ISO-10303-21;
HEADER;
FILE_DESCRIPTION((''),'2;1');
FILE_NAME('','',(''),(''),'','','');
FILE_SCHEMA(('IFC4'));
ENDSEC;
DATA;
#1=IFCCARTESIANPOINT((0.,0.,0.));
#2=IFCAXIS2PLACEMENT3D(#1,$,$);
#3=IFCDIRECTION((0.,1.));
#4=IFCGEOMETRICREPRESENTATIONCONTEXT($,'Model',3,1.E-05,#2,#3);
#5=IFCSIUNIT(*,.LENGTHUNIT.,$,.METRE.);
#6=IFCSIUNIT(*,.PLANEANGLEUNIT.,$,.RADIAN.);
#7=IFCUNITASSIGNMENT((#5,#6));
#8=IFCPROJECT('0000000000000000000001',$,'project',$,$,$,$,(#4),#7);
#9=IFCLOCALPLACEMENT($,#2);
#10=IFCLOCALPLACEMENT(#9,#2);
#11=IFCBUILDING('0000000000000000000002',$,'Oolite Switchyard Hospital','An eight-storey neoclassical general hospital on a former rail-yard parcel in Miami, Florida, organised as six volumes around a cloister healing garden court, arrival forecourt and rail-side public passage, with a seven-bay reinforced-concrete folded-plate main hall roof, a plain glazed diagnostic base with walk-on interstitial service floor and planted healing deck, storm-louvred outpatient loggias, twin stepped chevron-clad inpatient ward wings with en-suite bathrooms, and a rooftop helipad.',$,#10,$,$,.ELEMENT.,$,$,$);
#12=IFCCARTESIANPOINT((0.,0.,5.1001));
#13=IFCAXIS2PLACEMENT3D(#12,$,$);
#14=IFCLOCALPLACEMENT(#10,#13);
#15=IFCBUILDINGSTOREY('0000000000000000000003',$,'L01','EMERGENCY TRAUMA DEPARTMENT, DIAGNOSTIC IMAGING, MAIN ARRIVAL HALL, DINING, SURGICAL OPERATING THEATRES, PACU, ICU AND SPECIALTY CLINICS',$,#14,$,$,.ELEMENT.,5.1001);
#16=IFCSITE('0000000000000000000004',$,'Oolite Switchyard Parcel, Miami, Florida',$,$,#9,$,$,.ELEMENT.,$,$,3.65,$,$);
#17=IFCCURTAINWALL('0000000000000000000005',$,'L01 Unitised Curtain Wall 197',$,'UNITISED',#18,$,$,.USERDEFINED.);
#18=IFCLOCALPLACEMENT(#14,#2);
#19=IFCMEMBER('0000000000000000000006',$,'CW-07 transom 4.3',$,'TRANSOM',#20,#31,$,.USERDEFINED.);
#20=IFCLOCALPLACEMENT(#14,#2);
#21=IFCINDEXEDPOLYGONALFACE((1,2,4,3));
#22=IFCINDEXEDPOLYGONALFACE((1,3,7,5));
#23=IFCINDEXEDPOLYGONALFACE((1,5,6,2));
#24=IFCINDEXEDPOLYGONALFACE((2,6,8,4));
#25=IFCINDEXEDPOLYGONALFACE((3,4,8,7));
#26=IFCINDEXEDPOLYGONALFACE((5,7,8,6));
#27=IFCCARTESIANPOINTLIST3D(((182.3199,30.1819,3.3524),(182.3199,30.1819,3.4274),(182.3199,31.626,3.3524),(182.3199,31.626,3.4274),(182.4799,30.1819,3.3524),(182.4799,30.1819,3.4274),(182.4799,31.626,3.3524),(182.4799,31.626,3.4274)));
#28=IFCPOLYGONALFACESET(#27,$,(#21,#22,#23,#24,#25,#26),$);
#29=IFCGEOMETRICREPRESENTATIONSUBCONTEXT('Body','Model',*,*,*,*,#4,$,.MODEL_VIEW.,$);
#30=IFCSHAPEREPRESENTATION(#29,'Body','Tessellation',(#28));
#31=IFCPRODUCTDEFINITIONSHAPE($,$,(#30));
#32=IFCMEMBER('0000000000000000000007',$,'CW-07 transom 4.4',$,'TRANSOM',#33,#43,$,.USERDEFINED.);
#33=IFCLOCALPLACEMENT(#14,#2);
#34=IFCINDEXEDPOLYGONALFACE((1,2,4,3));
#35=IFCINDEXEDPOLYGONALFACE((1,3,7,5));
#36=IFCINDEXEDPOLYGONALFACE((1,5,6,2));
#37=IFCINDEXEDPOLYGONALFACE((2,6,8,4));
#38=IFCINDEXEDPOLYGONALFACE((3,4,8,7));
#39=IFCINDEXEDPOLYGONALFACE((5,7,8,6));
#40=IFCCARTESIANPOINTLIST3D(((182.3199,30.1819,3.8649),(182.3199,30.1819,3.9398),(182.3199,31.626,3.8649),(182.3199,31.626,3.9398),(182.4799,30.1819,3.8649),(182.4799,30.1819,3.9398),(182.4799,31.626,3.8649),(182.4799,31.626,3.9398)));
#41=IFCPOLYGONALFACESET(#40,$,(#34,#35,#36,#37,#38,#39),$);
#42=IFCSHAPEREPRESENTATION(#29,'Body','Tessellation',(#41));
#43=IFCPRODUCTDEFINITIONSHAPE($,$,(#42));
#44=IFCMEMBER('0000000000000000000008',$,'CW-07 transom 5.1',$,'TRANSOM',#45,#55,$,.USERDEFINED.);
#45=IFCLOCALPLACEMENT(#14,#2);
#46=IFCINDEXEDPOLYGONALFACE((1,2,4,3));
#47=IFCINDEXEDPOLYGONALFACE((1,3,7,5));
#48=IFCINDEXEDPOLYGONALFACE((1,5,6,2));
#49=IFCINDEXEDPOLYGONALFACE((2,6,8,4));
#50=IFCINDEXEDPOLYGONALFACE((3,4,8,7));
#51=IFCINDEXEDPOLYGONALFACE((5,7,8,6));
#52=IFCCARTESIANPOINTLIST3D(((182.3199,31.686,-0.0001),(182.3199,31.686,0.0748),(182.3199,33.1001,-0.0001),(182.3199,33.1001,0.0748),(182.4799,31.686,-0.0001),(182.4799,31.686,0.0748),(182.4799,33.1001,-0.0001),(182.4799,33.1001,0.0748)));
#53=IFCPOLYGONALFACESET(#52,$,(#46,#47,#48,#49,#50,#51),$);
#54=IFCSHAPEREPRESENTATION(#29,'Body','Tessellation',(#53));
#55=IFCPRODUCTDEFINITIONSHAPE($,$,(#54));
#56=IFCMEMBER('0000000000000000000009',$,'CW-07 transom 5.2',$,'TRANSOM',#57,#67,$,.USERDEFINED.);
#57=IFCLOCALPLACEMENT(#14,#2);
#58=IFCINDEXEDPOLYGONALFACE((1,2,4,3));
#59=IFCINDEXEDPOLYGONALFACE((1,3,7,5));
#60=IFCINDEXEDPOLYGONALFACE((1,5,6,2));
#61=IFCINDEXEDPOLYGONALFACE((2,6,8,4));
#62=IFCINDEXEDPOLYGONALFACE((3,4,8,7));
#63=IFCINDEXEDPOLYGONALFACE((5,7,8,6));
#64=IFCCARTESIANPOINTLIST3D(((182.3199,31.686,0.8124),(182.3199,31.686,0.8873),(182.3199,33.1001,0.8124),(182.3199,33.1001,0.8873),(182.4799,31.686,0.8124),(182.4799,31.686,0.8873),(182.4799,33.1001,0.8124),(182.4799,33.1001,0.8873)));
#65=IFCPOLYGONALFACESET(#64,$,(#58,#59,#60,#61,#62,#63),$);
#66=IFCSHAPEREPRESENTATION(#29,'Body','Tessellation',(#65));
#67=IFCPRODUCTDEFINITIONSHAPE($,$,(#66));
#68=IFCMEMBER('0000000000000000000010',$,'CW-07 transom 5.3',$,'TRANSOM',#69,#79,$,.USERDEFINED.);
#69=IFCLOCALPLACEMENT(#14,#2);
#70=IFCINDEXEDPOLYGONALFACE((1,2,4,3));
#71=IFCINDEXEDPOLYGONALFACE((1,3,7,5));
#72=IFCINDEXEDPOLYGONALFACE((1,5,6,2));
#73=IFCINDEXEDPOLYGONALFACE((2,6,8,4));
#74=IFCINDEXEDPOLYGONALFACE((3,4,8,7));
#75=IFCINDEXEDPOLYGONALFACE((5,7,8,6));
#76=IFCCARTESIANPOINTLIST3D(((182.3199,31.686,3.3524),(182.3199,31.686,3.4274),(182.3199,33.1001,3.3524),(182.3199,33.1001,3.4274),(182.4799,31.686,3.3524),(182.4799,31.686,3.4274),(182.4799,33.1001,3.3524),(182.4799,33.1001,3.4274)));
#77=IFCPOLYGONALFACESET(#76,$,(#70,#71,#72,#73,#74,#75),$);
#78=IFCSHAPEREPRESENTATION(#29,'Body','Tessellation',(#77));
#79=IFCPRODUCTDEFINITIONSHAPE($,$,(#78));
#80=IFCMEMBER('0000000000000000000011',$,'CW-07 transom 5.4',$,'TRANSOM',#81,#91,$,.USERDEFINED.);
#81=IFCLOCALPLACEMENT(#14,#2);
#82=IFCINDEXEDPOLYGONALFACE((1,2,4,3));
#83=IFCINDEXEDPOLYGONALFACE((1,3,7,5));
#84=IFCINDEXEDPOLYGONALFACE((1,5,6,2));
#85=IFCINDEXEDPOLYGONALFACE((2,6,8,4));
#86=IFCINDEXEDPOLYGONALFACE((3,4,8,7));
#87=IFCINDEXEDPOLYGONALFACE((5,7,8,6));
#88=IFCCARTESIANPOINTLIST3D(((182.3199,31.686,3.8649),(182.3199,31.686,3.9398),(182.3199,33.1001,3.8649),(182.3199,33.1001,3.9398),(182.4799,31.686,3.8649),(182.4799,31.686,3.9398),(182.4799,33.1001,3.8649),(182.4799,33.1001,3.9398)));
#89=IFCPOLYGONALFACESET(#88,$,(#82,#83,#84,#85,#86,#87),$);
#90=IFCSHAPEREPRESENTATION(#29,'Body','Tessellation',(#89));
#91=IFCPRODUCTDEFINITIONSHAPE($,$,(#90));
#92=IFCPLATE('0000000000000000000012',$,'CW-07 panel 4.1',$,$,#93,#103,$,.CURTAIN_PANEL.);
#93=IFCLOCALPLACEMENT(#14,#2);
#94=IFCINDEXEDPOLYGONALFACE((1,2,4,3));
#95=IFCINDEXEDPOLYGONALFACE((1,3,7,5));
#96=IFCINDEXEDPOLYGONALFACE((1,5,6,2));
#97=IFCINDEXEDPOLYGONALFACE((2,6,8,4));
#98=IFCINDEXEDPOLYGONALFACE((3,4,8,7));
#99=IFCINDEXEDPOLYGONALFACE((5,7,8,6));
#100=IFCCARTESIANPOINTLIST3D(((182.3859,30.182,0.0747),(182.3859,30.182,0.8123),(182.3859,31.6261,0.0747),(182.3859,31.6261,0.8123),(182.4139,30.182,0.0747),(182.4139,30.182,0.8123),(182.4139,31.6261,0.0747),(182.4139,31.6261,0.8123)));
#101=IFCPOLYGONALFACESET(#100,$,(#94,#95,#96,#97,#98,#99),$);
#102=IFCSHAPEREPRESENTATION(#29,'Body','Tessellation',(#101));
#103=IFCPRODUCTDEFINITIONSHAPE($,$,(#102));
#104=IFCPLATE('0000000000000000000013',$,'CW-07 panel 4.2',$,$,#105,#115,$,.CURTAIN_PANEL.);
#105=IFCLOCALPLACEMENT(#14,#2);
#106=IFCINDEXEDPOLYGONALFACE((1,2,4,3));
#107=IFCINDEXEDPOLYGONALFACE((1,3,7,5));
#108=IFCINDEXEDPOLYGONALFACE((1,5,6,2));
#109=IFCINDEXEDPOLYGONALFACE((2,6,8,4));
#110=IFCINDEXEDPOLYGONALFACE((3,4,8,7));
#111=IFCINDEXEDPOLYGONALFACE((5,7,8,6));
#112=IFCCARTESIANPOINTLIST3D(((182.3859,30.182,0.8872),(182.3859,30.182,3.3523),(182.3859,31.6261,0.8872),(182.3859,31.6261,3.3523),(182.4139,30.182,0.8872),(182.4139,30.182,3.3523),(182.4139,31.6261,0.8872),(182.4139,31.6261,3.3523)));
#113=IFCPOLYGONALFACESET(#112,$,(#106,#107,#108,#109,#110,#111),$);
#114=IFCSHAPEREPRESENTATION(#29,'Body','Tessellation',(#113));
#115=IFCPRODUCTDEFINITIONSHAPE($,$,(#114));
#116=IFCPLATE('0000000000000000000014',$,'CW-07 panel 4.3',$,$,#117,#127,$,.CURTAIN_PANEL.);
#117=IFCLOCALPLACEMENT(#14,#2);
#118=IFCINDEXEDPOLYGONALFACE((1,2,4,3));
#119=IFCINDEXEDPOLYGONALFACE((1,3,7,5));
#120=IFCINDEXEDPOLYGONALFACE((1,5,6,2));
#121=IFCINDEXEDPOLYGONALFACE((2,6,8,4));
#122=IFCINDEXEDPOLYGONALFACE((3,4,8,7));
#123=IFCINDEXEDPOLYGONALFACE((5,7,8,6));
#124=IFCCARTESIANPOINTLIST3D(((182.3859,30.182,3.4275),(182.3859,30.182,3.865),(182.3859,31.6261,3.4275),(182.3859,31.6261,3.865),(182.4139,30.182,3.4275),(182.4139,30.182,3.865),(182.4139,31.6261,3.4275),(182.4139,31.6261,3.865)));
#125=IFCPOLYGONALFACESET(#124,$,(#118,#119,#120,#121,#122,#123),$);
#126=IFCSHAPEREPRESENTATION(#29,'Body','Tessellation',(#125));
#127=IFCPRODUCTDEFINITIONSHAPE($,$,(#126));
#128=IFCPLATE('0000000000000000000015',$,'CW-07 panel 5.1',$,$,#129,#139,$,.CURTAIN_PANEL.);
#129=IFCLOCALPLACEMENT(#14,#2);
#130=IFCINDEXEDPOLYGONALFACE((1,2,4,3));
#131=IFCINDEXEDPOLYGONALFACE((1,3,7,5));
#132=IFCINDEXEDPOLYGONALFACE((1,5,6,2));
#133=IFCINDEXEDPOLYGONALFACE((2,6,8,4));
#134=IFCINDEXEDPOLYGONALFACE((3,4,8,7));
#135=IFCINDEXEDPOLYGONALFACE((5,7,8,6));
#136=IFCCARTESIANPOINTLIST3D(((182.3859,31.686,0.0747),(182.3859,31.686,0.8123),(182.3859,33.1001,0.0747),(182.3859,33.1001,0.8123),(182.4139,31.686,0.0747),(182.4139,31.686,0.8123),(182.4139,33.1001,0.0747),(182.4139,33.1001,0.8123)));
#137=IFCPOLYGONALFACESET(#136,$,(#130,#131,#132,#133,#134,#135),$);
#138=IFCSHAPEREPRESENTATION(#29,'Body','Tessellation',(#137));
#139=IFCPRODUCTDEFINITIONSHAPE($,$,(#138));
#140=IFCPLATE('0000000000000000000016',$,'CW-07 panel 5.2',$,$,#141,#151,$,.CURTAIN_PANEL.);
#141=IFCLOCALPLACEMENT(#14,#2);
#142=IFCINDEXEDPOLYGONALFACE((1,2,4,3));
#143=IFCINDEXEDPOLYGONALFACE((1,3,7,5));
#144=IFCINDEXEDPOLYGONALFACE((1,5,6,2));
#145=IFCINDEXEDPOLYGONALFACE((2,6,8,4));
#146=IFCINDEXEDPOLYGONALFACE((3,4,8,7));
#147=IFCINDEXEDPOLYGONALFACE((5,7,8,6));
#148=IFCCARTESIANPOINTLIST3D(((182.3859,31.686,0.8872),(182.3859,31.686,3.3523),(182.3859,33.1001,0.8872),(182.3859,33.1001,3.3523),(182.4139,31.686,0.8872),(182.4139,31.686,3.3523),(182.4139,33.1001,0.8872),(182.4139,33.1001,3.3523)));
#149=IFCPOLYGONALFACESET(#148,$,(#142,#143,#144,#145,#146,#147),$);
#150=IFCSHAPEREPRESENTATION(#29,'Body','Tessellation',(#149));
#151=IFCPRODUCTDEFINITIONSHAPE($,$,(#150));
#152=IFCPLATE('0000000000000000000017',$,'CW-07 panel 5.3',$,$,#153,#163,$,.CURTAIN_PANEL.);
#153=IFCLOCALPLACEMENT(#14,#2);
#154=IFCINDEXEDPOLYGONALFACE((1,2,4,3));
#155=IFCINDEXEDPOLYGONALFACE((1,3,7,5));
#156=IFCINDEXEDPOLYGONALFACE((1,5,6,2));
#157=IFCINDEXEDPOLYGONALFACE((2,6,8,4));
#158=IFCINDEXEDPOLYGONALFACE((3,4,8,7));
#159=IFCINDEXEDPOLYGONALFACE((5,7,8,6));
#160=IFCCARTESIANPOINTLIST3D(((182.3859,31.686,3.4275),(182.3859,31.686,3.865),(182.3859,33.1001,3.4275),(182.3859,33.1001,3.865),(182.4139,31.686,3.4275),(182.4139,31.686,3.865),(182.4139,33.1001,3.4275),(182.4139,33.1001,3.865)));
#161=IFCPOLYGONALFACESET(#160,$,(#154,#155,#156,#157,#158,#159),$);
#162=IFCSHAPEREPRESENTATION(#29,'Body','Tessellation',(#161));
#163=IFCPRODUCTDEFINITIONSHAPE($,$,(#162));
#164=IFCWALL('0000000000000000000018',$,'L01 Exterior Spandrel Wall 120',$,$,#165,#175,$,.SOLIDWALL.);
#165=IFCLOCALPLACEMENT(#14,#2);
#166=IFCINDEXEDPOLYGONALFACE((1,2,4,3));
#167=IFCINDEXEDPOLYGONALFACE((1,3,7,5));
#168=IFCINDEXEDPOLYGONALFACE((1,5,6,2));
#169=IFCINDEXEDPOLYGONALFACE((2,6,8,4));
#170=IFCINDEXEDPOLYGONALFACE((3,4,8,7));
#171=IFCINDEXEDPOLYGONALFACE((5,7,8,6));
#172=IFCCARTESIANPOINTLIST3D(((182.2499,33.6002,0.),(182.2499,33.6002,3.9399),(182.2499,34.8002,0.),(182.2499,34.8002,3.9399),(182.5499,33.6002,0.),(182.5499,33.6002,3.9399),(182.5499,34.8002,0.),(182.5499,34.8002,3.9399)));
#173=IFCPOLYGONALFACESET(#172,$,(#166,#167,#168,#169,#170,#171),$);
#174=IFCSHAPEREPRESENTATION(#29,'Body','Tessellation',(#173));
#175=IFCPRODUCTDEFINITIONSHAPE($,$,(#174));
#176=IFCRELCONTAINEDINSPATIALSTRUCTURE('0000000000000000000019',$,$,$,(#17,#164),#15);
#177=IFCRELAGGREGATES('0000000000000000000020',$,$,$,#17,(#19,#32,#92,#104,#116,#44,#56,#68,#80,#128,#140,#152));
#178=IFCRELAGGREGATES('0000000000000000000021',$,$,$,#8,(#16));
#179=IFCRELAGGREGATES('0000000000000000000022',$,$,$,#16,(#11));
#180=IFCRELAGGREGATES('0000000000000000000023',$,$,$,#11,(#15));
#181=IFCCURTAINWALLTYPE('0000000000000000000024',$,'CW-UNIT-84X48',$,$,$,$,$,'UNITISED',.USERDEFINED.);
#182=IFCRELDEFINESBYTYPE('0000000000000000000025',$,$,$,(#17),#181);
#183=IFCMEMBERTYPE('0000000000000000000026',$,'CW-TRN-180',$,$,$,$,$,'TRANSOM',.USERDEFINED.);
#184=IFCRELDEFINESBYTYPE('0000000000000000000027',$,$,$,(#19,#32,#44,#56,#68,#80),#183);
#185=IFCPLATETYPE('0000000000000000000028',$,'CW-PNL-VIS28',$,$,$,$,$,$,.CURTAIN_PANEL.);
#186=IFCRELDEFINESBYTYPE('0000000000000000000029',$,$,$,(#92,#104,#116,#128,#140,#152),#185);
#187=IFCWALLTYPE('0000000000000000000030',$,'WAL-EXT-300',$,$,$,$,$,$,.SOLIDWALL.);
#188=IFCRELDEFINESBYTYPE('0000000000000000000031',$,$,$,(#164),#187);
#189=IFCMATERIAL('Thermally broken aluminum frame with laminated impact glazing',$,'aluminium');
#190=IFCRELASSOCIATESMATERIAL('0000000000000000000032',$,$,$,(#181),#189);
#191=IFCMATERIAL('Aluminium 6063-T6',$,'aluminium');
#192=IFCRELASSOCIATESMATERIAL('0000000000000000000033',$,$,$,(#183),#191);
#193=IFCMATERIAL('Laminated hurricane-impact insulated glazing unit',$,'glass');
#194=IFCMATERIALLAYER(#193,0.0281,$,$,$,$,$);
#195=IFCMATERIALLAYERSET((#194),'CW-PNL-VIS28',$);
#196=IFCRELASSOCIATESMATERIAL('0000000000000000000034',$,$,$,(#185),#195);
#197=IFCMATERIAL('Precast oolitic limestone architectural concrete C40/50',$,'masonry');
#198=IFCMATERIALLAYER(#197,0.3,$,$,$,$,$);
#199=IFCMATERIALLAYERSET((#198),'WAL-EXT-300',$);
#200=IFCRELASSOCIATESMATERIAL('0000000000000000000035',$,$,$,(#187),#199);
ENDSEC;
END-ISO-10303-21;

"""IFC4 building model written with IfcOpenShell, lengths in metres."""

from ifc_helpers import new_model, si_unit, direction, frame, frame_2d, origin, origin_2d, place, context, subcontext, project, spatial, rectangle, extrude, material, layer, layer_set, material_profile, profile_set, type_object, element, aggregate, save


model = new_model("IFC4")

# Units and contexts
model_context = context("Model", 3, precision=1e-05, world=origin(), true_north=direction((0.0, 1.0)))
body_context = subcontext(model_context, "Body", "Model", "MODEL_VIEW")
ifc_project = project(units=[si_unit("LENGTHUNIT", "METRE"), si_unit("PLANEANGLEUNIT", "RADIAN")], contexts=[model_context])

# Site, building, storey
site_placement = place(None, origin())
site = spatial("IfcSite", under=ifc_project, at=site_placement, Name="Oolite Switchyard Parcel, Miami, Florida", CompositionType="ELEMENT", RefElevation=3.65)
building_placement = place(site_placement, origin())
building = spatial("IfcBuilding", under=site, at=building_placement, Name="Oolite Switchyard Hospital", Description="An eight-storey neoclassical general hospital on a former rail-yard parcel in Miami, Florida, organised as six volumes around a cloister healing garden court, arrival forecourt and rail-side public passage, with a seven-bay reinforced-concrete folded-plate main hall roof, a plain glazed diagnostic base with walk-on interstitial service floor and planted healing deck, storm-louvred outpatient loggias, twin stepped chevron-clad inpatient ward wings with en-suite bathrooms, and a rooftop helipad.", CompositionType="ELEMENT")
storey_placement = place(building_placement, frame((0.0, 0.0, 5.1001)))
storey = spatial("IfcBuildingStorey", under=building, at=storey_placement, Name="L01", Description="EMERGENCY TRAUMA DEPARTMENT, DIAGNOSTIC IMAGING, MAIN ARRIVAL HALL, DINING, SURGICAL OPERATING THEATRES, PACU, ICU AND SPECIALTY CLINICS", CompositionType="ELEMENT", Elevation=5.1001)

# Curtain wall, members, plates
ifc_material_1 = material(Name="Thermally broken aluminum frame with laminated impact glazing", Category="aluminium")
curtain_wall_type = type_object("IfcCurtainWallType", Name="CW-UNIT-84X48", ElementType="UNITISED", PredefinedType="USERDEFINED", material=ifc_material_1)
curtain_wall_placement = place(storey_placement, origin())
curtain_wall = element("IfcCurtainWall", 1, at=curtain_wall_placement, inside=storey, type_object=curtain_wall_type, Name="L01 Unitised Curtain Wall 197", ObjectType="UNITISED", PredefinedType="USERDEFINED")
ifc_material_2 = material(Name="Aluminium 6063-T6", Category="aluminium")
ifc_material_profile_1 = material_profile(ifc_material_2, rectangle(XDim=0.1599, YDim=0.075, at=origin_2d()), Name="CWT75X160")
ifc_profile_set_1 = profile_set([ifc_material_profile_1], Name="Aluminium 6063-T6")
member_type_1 = type_object("IfcMemberType", Name="CW-TRN-180", ElementType="TRANSOM", PredefinedType="USERDEFINED", material=ifc_profile_set_1)
member_1_placement = place(storey_placement, frame((182.3999, 30.1819, 3.3899), z_axis=(0.0, 1.0, 0.0), x_axis=(-1.0, 0.0, 0.0)))
member_1 = element("IfcMember", 2, at=member_1_placement, type_object=member_type_1, Name="CW-07 transom 4.3", ObjectType="TRANSOM", PredefinedType="USERDEFINED", context=body_context, shape_type="SweptSolid", body=[
    extrude(rectangle(XDim=0.1599, YDim=0.075, at=origin_2d()), origin(), (0.0, 0.0, 1.0), 1.4441),
])
member_2_placement = place(storey_placement, frame((182.3999, 30.1819, 3.9023), z_axis=(0.0, 1.0, 0.0), x_axis=(-1.0, 0.0, 0.0)))
member_2 = element("IfcMember", 3, at=member_2_placement, type_object=member_type_1, Name="CW-07 transom 4.4", ObjectType="TRANSOM", PredefinedType="USERDEFINED", context=body_context, shape_type="SweptSolid", body=[
    extrude(rectangle(XDim=0.1599, YDim=0.075, at=origin_2d()), origin(), (0.0, 0.0, 1.0), 1.4441),
])
member_3_placement = place(storey_placement, frame((182.3999, 31.686, 0.0374), z_axis=(0.0, 1.0, 0.0), x_axis=(-1.0, 0.0, 0.0)))
member_3 = element("IfcMember", 4, at=member_3_placement, type_object=member_type_1, Name="CW-07 transom 5.1", ObjectType="TRANSOM", PredefinedType="USERDEFINED", context=body_context, shape_type="SweptSolid", body=[
    extrude(rectangle(XDim=0.1599, YDim=0.075, at=origin_2d()), origin(), (0.0, 0.0, 1.0), 1.4141),
])
member_4_placement = place(storey_placement, frame((182.3999, 31.686, 0.8499), z_axis=(0.0, 1.0, 0.0), x_axis=(-1.0, 0.0, 0.0)))
member_4 = element("IfcMember", 5, at=member_4_placement, type_object=member_type_1, Name="CW-07 transom 5.2", ObjectType="TRANSOM", PredefinedType="USERDEFINED", context=body_context, shape_type="SweptSolid", body=[
    extrude(rectangle(XDim=0.1599, YDim=0.075, at=origin_2d()), origin(), (0.0, 0.0, 1.0), 1.4141),
])
member_5_placement = place(storey_placement, frame((182.3999, 31.686, 3.3899), z_axis=(0.0, 1.0, 0.0), x_axis=(-1.0, 0.0, 0.0)))
member_5 = element("IfcMember", 6, at=member_5_placement, type_object=member_type_1, Name="CW-07 transom 5.3", ObjectType="TRANSOM", PredefinedType="USERDEFINED", context=body_context, shape_type="SweptSolid", body=[
    extrude(rectangle(XDim=0.1599, YDim=0.075, at=origin_2d()), origin(), (0.0, 0.0, 1.0), 1.4141),
])
member_6_placement = place(storey_placement, frame((182.3999, 31.686, 3.9023), z_axis=(0.0, 1.0, 0.0), x_axis=(-1.0, 0.0, 0.0)))
member_6 = element("IfcMember", 7, at=member_6_placement, type_object=member_type_1, Name="CW-07 transom 5.4", ObjectType="TRANSOM", PredefinedType="USERDEFINED", context=body_context, shape_type="SweptSolid", body=[
    extrude(rectangle(XDim=0.1599, YDim=0.075, at=origin_2d()), origin(), (0.0, 0.0, 1.0), 1.4141),
])
ifc_material_3 = material(Name="Laminated hurricane-impact insulated glazing unit", Category="glass")
ifc_layer_1 = layer(ifc_material_3, 0.0281)
ifc_layer_set_1 = layer_set([ifc_layer_1], Name="CW-PNL-VIS28")
plate_type = type_object("IfcPlateType", Name="CW-PNL-VIS28", PredefinedType="CURTAIN_PANEL", material=ifc_layer_set_1)
plate_1_placement = place(storey_placement, frame((182.3999, 30.9041, 0.0747), z_axis=(0.0, 0.0, 1.0), x_axis=(0.0, 1.0, 0.0)))
plate_1 = element("IfcPlate", 8, at=plate_1_placement, type_object=plate_type, Name="CW-07 panel 4.1", PredefinedType="CURTAIN_PANEL", context=body_context, shape_type="SweptSolid", body=[
    extrude(rectangle(XDim=1.4441, YDim=0.0281, at=origin_2d()), origin(), (0.0, 0.0, 1.0), 0.7375),
])
plate_2_placement = place(storey_placement, frame((182.3999, 30.9041, 0.8872), z_axis=(0.0, 0.0, 1.0), x_axis=(0.0, 1.0, 0.0)))
plate_2 = element("IfcPlate", 9, at=plate_2_placement, type_object=plate_type, Name="CW-07 panel 4.2", PredefinedType="CURTAIN_PANEL", context=body_context, shape_type="SweptSolid", body=[
    extrude(rectangle(XDim=1.4441, YDim=0.0281, at=origin_2d()), origin(), (0.0, 0.0, 1.0), 2.4651),
])
plate_3_placement = place(storey_placement, frame((182.3999, 30.9041, 3.4275), z_axis=(0.0, 0.0, 1.0), x_axis=(0.0, 1.0, 0.0)))
plate_3 = element("IfcPlate", 10, at=plate_3_placement, type_object=plate_type, Name="CW-07 panel 4.3", PredefinedType="CURTAIN_PANEL", context=body_context, shape_type="SweptSolid", body=[
    extrude(rectangle(XDim=1.4441, YDim=0.0281, at=origin_2d()), origin(), (0.0, 0.0, 1.0), 0.4375),
])
plate_4_placement = place(storey_placement, frame((182.3999, 32.3931, 0.0747), z_axis=(0.0, 0.0, 1.0), x_axis=(0.0, 1.0, 0.0)))
plate_4 = element("IfcPlate", 11, at=plate_4_placement, type_object=plate_type, Name="CW-07 panel 5.1", PredefinedType="CURTAIN_PANEL", context=body_context, shape_type="SweptSolid", body=[
    extrude(rectangle(XDim=1.4141, YDim=0.0281, at=origin_2d()), origin(), (0.0, 0.0, 1.0), 0.7375),
])
plate_5_placement = place(storey_placement, frame((182.3999, 32.3931, 0.8872), z_axis=(0.0, 0.0, 1.0), x_axis=(0.0, 1.0, 0.0)))
plate_5 = element("IfcPlate", 12, at=plate_5_placement, type_object=plate_type, Name="CW-07 panel 5.2", PredefinedType="CURTAIN_PANEL", context=body_context, shape_type="SweptSolid", body=[
    extrude(rectangle(XDim=1.4141, YDim=0.0281, at=origin_2d()), origin(), (0.0, 0.0, 1.0), 2.4651),
])
plate_6_placement = place(storey_placement, frame((182.3999, 32.3931, 3.4275), z_axis=(0.0, 0.0, 1.0), x_axis=(0.0, 1.0, 0.0)))
plate_6 = element("IfcPlate", 13, at=plate_6_placement, type_object=plate_type, Name="CW-07 panel 5.3", PredefinedType="CURTAIN_PANEL", context=body_context, shape_type="SweptSolid", body=[
    extrude(rectangle(XDim=1.4141, YDim=0.0281, at=origin_2d()), origin(), (0.0, 0.0, 1.0), 0.4375),
])
aggregate(curtain_wall, [member_1, member_2, plate_1, plate_2, plate_3, member_3, member_4, member_5, member_6, plate_4, plate_5, plate_6])

# Wall
ifc_material_4 = material(Name="Precast oolitic limestone architectural concrete C40/50", Category="masonry")
ifc_layer_2 = layer(ifc_material_4, 0.3)
ifc_layer_set_2 = layer_set([ifc_layer_2], Name="WAL-EXT-300")
wall_type = type_object("IfcWallType", Name="WAL-EXT-300", PredefinedType="SOLIDWALL", material=ifc_layer_set_2)
wall_placement = place(storey_placement, frame((182.3999, 33.6001, 0.0), z_axis=(0.0, 0.0, 1.0), x_axis=(0.0, 1.0, 0.0)))
element("IfcWall", 14, at=wall_placement, inside=storey, type_object=wall_type, Name="L01 Exterior Spandrel Wall 120", PredefinedType="SOLIDWALL", context=body_context, shape_type="SweptSolid", body=[
    extrude(rectangle(XDim=1.2, YDim=0.3, at=frame_2d((0.6001, 0.0))), origin(), (0.0, 0.0, 1.0), 3.9399),
])

save(model, "model.ifc")
